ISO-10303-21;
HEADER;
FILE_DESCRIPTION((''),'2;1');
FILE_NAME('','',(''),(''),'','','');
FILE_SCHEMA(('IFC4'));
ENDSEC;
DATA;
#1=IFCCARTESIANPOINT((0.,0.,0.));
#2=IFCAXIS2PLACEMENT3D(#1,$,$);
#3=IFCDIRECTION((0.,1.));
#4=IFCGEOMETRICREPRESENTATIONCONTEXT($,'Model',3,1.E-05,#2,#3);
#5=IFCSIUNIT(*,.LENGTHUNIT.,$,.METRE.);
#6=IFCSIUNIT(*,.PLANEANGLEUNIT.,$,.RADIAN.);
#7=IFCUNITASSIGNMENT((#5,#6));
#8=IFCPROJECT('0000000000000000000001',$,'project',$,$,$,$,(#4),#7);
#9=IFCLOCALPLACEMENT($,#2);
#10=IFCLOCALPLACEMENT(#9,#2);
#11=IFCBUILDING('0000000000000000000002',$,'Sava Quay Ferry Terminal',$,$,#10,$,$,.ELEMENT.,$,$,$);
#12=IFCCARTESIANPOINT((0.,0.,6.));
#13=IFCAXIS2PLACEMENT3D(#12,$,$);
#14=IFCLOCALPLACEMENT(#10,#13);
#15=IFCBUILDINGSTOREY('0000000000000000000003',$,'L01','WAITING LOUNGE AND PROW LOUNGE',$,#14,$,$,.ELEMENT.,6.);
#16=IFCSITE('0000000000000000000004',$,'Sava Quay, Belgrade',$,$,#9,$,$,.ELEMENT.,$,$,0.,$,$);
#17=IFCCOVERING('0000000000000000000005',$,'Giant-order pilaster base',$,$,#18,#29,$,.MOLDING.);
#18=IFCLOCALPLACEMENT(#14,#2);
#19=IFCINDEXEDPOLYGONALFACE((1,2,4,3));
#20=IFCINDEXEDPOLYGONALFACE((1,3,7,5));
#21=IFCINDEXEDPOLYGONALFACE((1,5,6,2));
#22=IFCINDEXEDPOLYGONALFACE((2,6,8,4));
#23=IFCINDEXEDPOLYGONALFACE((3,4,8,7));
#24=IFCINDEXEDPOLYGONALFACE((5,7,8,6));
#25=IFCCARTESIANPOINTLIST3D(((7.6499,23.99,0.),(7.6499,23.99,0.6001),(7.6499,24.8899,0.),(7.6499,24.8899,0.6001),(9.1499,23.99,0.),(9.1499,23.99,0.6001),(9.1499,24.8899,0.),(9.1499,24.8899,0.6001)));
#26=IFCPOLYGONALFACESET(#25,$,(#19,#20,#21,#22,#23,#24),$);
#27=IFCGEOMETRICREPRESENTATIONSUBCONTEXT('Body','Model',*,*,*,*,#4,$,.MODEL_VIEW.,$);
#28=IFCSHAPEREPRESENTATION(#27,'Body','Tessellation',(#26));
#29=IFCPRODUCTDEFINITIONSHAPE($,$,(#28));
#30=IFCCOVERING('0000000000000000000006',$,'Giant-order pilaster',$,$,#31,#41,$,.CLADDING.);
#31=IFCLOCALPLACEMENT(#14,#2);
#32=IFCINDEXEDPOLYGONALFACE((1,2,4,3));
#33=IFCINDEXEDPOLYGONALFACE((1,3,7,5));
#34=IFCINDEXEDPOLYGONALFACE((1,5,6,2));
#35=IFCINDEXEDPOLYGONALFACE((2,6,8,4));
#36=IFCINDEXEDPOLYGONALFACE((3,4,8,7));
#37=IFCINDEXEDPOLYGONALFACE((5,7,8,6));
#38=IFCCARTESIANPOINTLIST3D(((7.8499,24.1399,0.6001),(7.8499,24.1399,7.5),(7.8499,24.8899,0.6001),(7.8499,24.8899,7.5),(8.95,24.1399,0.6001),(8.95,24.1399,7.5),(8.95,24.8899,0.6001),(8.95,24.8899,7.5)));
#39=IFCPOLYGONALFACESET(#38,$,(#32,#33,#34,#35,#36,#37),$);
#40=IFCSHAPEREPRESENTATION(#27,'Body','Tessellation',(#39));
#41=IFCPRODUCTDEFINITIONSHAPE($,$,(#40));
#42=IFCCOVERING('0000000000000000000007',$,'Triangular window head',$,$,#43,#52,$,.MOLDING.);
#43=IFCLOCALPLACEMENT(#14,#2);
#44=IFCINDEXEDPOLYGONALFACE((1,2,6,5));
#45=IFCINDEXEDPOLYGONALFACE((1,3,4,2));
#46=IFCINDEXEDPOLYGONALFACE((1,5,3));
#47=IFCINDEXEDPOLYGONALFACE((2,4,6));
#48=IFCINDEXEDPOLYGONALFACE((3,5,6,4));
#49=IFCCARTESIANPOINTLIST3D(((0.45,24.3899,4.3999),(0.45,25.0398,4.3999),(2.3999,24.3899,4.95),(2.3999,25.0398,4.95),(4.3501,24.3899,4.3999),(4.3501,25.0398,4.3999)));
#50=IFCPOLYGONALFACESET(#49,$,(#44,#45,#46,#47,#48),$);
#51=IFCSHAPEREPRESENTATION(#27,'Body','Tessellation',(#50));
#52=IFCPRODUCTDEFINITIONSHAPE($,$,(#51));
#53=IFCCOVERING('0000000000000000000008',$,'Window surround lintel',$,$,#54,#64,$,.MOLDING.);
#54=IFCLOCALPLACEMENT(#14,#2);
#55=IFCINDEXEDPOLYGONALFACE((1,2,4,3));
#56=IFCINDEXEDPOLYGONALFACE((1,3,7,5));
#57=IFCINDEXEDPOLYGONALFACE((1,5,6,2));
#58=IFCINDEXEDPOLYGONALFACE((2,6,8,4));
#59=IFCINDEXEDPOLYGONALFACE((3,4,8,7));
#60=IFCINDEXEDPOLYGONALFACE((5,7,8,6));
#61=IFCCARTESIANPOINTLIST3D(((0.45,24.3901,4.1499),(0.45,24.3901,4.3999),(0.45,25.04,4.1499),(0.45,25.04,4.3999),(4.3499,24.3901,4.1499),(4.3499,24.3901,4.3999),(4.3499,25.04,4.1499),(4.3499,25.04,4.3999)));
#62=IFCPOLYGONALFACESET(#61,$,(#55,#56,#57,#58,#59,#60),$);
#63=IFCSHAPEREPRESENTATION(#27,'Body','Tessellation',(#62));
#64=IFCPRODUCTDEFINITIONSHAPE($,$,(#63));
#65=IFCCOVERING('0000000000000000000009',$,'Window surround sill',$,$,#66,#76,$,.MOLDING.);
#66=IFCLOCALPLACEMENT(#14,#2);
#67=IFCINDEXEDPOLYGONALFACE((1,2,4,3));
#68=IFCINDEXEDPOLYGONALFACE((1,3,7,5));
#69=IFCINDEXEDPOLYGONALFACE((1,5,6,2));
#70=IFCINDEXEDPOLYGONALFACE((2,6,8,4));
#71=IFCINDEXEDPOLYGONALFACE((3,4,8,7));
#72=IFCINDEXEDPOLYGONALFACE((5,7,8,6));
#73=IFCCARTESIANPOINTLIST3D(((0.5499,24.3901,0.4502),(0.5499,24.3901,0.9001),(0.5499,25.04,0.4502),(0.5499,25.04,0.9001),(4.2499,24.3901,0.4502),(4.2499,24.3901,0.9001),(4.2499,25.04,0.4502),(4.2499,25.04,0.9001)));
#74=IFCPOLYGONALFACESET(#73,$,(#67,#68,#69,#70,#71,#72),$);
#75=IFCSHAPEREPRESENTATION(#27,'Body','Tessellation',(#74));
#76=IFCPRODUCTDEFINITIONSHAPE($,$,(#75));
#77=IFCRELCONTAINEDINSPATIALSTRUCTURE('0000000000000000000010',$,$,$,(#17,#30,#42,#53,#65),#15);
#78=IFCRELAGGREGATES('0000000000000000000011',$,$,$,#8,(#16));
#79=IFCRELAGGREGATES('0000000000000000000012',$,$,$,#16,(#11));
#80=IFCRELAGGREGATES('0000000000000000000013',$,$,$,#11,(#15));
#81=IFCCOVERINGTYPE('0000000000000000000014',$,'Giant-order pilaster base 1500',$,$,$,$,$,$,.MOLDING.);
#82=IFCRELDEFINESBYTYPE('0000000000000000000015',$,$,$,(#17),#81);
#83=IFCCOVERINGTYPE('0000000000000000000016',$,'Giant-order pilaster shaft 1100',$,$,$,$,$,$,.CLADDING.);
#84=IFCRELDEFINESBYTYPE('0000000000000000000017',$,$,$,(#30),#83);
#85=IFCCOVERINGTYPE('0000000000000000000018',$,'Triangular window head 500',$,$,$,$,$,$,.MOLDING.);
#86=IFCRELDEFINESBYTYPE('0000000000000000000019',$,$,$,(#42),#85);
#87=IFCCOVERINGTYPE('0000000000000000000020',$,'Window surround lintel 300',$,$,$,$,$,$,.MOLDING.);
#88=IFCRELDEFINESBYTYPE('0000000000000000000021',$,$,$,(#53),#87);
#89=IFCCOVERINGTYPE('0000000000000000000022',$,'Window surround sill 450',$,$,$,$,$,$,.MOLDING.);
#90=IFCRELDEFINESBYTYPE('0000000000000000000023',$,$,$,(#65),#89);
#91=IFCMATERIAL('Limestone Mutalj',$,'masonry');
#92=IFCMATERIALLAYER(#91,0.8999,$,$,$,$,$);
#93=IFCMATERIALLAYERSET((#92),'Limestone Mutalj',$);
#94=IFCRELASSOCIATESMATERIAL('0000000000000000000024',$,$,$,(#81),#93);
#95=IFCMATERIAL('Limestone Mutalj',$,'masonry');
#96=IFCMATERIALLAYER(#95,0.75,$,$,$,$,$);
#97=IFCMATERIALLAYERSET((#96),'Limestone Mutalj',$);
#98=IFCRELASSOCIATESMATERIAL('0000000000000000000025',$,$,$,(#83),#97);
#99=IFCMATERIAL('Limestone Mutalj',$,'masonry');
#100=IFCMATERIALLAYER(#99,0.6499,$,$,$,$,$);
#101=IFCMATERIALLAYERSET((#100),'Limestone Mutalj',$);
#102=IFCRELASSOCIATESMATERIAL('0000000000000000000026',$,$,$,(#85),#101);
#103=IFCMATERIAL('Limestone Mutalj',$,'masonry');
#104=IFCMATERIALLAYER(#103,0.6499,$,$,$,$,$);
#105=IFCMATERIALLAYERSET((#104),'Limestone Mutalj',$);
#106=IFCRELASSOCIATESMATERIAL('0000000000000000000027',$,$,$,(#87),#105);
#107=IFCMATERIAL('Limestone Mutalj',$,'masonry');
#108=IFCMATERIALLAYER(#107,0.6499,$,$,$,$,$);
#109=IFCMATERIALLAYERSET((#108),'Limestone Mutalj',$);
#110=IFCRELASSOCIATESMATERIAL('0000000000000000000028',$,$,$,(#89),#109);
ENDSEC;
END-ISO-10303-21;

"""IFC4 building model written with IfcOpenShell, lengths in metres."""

from ifc_helpers import new_model, si_unit, direction, frame, origin, origin_2d, place, context, subcontext, project, spatial, polyline, rectangle, outline, extrude, material, layer, layer_set, type_object, element, save


model = new_model("IFC4")

# Units and contexts
model_context = context("Model", 3, precision=1e-05, world=origin(), true_north=direction((0.0, 1.0)))
body_context = subcontext(model_context, "Body", "Model", "MODEL_VIEW")
ifc_project = project(units=[si_unit("LENGTHUNIT", "METRE"), si_unit("PLANEANGLEUNIT", "RADIAN")], contexts=[model_context])

# Site, building, storey
site_placement = place(None, origin())
site = spatial("IfcSite", under=ifc_project, at=site_placement, Name="Sava Quay, Belgrade", CompositionType="ELEMENT", RefElevation=0.0)
building_placement = place(site_placement, origin())
building = spatial("IfcBuilding", under=site, at=building_placement, Name="Sava Quay Ferry Terminal", CompositionType="ELEMENT")
storey_placement = place(building_placement, frame((0.0, 0.0, 6.0)))
storey = spatial("IfcBuildingStorey", under=building, at=storey_placement, Name="L01", Description="WAITING LOUNGE AND PROW LOUNGE", CompositionType="ELEMENT", Elevation=6.0)

# Coverings
ifc_material_1 = material(Name="Limestone Mutalj", Category="masonry")
ifc_layer_1 = layer(ifc_material_1, 0.8999)
ifc_layer_set_1 = layer_set([ifc_layer_1], Name="Limestone Mutalj")
covering_type_1 = type_object("IfcCoveringType", Name="Giant-order pilaster base 1500", PredefinedType="MOLDING", material=ifc_layer_set_1)
covering_1_placement = place(storey_placement, frame((8.3999, 24.4399, 0.0), z_axis=(0.0, 0.0, 1.0), x_axis=(1.0, 0.0, 0.0)))
element("IfcCovering", 1, at=covering_1_placement, inside=storey, type_object=covering_type_1, Name="Giant-order pilaster base", PredefinedType="MOLDING", context=body_context, shape_type="SweptSolid", body=[
    extrude(rectangle(XDim=1.5, YDim=0.8999, at=origin_2d()), origin(), (0.0, 0.0, 1.0), 0.6001),
])
ifc_material_2 = material(Name="Limestone Mutalj", Category="masonry")
ifc_layer_2 = layer(ifc_material_2, 0.75)
ifc_layer_set_2 = layer_set([ifc_layer_2], Name="Limestone Mutalj")
covering_type_2 = type_object("IfcCoveringType", Name="Giant-order pilaster shaft 1100", PredefinedType="CLADDING", material=ifc_layer_set_2)
covering_2_placement = place(storey_placement, frame((8.3999, 24.5149, 0.6001), z_axis=(0.0, 0.0, 1.0), x_axis=(1.0, 0.0, 0.0)))
element("IfcCovering", 2, at=covering_2_placement, inside=storey, type_object=covering_type_2, Name="Giant-order pilaster", PredefinedType="CLADDING", context=body_context, shape_type="SweptSolid", body=[
    extrude(rectangle(XDim=1.1001, YDim=0.75, at=origin_2d()), origin(), (0.0, 0.0, 1.0), 6.8999),
])
ifc_material_3 = material(Name="Limestone Mutalj", Category="masonry")
ifc_layer_3 = layer(ifc_material_3, 0.6499)
ifc_layer_set_3 = layer_set([ifc_layer_3], Name="Limestone Mutalj")
covering_type_3 = type_object("IfcCoveringType", Name="Triangular window head 500", PredefinedType="MOLDING", material=ifc_layer_set_3)
covering_3_placement = place(storey_placement, frame((0.45, 24.3899, 4.3999), z_axis=(0.0, -1.0, 0.0), x_axis=(1.0, 0.0, 0.0)))
element("IfcCovering", 3, at=covering_3_placement, inside=storey, type_object=covering_type_3, Name="Triangular window head", PredefinedType="MOLDING", context=body_context, shape_type="SweptSolid", body=[
    extrude(outline(polyline([(0.0, 0.0), (3.9001, 0.0), (1.95, 0.55), (0.0, 0.0)])), origin(), (0.0, 0.0, -1.0), 0.6499),
])
ifc_material_4 = material(Name="Limestone Mutalj", Category="masonry")
ifc_layer_4 = layer(ifc_material_4, 0.6499)
ifc_layer_set_4 = layer_set([ifc_layer_4], Name="Limestone Mutalj")
covering_type_4 = type_object("IfcCoveringType", Name="Window surround lintel 300", PredefinedType="MOLDING", material=ifc_layer_set_4)
covering_4_placement = place(storey_placement, frame((2.3999, 24.7151, 4.1499), z_axis=(0.0, 0.0, 1.0), x_axis=(1.0, 0.0, 0.0)))
element("IfcCovering", 4, at=covering_4_placement, inside=storey, type_object=covering_type_4, Name="Window surround lintel", PredefinedType="MOLDING", context=body_context, shape_type="SweptSolid", body=[
    extrude(rectangle(XDim=3.8999, YDim=0.6499, at=origin_2d()), origin(), (0.0, 0.0, 1.0), 0.25),
])
ifc_material_5 = material(Name="Limestone Mutalj", Category="masonry")
ifc_layer_5 = layer(ifc_material_5, 0.6499)
ifc_layer_set_5 = layer_set([ifc_layer_5], Name="Limestone Mutalj")
covering_type_5 = type_object("IfcCoveringType", Name="Window surround sill 450", PredefinedType="MOLDING", material=ifc_layer_set_5)
covering_5_placement = place(storey_placement, frame((2.3999, 24.7151, 0.4502), z_axis=(0.0, 0.0, 1.0), x_axis=(1.0, 0.0, 0.0)))
element("IfcCovering", 5, at=covering_5_placement, inside=storey, type_object=covering_type_5, Name="Window surround sill", PredefinedType="MOLDING", context=body_context, shape_type="SweptSolid", body=[
    extrude(rectangle(XDim=3.7, YDim=0.6499, at=origin_2d()), origin(), (0.0, 0.0, 1.0), 0.45),
])

save(model, "model.ifc")
